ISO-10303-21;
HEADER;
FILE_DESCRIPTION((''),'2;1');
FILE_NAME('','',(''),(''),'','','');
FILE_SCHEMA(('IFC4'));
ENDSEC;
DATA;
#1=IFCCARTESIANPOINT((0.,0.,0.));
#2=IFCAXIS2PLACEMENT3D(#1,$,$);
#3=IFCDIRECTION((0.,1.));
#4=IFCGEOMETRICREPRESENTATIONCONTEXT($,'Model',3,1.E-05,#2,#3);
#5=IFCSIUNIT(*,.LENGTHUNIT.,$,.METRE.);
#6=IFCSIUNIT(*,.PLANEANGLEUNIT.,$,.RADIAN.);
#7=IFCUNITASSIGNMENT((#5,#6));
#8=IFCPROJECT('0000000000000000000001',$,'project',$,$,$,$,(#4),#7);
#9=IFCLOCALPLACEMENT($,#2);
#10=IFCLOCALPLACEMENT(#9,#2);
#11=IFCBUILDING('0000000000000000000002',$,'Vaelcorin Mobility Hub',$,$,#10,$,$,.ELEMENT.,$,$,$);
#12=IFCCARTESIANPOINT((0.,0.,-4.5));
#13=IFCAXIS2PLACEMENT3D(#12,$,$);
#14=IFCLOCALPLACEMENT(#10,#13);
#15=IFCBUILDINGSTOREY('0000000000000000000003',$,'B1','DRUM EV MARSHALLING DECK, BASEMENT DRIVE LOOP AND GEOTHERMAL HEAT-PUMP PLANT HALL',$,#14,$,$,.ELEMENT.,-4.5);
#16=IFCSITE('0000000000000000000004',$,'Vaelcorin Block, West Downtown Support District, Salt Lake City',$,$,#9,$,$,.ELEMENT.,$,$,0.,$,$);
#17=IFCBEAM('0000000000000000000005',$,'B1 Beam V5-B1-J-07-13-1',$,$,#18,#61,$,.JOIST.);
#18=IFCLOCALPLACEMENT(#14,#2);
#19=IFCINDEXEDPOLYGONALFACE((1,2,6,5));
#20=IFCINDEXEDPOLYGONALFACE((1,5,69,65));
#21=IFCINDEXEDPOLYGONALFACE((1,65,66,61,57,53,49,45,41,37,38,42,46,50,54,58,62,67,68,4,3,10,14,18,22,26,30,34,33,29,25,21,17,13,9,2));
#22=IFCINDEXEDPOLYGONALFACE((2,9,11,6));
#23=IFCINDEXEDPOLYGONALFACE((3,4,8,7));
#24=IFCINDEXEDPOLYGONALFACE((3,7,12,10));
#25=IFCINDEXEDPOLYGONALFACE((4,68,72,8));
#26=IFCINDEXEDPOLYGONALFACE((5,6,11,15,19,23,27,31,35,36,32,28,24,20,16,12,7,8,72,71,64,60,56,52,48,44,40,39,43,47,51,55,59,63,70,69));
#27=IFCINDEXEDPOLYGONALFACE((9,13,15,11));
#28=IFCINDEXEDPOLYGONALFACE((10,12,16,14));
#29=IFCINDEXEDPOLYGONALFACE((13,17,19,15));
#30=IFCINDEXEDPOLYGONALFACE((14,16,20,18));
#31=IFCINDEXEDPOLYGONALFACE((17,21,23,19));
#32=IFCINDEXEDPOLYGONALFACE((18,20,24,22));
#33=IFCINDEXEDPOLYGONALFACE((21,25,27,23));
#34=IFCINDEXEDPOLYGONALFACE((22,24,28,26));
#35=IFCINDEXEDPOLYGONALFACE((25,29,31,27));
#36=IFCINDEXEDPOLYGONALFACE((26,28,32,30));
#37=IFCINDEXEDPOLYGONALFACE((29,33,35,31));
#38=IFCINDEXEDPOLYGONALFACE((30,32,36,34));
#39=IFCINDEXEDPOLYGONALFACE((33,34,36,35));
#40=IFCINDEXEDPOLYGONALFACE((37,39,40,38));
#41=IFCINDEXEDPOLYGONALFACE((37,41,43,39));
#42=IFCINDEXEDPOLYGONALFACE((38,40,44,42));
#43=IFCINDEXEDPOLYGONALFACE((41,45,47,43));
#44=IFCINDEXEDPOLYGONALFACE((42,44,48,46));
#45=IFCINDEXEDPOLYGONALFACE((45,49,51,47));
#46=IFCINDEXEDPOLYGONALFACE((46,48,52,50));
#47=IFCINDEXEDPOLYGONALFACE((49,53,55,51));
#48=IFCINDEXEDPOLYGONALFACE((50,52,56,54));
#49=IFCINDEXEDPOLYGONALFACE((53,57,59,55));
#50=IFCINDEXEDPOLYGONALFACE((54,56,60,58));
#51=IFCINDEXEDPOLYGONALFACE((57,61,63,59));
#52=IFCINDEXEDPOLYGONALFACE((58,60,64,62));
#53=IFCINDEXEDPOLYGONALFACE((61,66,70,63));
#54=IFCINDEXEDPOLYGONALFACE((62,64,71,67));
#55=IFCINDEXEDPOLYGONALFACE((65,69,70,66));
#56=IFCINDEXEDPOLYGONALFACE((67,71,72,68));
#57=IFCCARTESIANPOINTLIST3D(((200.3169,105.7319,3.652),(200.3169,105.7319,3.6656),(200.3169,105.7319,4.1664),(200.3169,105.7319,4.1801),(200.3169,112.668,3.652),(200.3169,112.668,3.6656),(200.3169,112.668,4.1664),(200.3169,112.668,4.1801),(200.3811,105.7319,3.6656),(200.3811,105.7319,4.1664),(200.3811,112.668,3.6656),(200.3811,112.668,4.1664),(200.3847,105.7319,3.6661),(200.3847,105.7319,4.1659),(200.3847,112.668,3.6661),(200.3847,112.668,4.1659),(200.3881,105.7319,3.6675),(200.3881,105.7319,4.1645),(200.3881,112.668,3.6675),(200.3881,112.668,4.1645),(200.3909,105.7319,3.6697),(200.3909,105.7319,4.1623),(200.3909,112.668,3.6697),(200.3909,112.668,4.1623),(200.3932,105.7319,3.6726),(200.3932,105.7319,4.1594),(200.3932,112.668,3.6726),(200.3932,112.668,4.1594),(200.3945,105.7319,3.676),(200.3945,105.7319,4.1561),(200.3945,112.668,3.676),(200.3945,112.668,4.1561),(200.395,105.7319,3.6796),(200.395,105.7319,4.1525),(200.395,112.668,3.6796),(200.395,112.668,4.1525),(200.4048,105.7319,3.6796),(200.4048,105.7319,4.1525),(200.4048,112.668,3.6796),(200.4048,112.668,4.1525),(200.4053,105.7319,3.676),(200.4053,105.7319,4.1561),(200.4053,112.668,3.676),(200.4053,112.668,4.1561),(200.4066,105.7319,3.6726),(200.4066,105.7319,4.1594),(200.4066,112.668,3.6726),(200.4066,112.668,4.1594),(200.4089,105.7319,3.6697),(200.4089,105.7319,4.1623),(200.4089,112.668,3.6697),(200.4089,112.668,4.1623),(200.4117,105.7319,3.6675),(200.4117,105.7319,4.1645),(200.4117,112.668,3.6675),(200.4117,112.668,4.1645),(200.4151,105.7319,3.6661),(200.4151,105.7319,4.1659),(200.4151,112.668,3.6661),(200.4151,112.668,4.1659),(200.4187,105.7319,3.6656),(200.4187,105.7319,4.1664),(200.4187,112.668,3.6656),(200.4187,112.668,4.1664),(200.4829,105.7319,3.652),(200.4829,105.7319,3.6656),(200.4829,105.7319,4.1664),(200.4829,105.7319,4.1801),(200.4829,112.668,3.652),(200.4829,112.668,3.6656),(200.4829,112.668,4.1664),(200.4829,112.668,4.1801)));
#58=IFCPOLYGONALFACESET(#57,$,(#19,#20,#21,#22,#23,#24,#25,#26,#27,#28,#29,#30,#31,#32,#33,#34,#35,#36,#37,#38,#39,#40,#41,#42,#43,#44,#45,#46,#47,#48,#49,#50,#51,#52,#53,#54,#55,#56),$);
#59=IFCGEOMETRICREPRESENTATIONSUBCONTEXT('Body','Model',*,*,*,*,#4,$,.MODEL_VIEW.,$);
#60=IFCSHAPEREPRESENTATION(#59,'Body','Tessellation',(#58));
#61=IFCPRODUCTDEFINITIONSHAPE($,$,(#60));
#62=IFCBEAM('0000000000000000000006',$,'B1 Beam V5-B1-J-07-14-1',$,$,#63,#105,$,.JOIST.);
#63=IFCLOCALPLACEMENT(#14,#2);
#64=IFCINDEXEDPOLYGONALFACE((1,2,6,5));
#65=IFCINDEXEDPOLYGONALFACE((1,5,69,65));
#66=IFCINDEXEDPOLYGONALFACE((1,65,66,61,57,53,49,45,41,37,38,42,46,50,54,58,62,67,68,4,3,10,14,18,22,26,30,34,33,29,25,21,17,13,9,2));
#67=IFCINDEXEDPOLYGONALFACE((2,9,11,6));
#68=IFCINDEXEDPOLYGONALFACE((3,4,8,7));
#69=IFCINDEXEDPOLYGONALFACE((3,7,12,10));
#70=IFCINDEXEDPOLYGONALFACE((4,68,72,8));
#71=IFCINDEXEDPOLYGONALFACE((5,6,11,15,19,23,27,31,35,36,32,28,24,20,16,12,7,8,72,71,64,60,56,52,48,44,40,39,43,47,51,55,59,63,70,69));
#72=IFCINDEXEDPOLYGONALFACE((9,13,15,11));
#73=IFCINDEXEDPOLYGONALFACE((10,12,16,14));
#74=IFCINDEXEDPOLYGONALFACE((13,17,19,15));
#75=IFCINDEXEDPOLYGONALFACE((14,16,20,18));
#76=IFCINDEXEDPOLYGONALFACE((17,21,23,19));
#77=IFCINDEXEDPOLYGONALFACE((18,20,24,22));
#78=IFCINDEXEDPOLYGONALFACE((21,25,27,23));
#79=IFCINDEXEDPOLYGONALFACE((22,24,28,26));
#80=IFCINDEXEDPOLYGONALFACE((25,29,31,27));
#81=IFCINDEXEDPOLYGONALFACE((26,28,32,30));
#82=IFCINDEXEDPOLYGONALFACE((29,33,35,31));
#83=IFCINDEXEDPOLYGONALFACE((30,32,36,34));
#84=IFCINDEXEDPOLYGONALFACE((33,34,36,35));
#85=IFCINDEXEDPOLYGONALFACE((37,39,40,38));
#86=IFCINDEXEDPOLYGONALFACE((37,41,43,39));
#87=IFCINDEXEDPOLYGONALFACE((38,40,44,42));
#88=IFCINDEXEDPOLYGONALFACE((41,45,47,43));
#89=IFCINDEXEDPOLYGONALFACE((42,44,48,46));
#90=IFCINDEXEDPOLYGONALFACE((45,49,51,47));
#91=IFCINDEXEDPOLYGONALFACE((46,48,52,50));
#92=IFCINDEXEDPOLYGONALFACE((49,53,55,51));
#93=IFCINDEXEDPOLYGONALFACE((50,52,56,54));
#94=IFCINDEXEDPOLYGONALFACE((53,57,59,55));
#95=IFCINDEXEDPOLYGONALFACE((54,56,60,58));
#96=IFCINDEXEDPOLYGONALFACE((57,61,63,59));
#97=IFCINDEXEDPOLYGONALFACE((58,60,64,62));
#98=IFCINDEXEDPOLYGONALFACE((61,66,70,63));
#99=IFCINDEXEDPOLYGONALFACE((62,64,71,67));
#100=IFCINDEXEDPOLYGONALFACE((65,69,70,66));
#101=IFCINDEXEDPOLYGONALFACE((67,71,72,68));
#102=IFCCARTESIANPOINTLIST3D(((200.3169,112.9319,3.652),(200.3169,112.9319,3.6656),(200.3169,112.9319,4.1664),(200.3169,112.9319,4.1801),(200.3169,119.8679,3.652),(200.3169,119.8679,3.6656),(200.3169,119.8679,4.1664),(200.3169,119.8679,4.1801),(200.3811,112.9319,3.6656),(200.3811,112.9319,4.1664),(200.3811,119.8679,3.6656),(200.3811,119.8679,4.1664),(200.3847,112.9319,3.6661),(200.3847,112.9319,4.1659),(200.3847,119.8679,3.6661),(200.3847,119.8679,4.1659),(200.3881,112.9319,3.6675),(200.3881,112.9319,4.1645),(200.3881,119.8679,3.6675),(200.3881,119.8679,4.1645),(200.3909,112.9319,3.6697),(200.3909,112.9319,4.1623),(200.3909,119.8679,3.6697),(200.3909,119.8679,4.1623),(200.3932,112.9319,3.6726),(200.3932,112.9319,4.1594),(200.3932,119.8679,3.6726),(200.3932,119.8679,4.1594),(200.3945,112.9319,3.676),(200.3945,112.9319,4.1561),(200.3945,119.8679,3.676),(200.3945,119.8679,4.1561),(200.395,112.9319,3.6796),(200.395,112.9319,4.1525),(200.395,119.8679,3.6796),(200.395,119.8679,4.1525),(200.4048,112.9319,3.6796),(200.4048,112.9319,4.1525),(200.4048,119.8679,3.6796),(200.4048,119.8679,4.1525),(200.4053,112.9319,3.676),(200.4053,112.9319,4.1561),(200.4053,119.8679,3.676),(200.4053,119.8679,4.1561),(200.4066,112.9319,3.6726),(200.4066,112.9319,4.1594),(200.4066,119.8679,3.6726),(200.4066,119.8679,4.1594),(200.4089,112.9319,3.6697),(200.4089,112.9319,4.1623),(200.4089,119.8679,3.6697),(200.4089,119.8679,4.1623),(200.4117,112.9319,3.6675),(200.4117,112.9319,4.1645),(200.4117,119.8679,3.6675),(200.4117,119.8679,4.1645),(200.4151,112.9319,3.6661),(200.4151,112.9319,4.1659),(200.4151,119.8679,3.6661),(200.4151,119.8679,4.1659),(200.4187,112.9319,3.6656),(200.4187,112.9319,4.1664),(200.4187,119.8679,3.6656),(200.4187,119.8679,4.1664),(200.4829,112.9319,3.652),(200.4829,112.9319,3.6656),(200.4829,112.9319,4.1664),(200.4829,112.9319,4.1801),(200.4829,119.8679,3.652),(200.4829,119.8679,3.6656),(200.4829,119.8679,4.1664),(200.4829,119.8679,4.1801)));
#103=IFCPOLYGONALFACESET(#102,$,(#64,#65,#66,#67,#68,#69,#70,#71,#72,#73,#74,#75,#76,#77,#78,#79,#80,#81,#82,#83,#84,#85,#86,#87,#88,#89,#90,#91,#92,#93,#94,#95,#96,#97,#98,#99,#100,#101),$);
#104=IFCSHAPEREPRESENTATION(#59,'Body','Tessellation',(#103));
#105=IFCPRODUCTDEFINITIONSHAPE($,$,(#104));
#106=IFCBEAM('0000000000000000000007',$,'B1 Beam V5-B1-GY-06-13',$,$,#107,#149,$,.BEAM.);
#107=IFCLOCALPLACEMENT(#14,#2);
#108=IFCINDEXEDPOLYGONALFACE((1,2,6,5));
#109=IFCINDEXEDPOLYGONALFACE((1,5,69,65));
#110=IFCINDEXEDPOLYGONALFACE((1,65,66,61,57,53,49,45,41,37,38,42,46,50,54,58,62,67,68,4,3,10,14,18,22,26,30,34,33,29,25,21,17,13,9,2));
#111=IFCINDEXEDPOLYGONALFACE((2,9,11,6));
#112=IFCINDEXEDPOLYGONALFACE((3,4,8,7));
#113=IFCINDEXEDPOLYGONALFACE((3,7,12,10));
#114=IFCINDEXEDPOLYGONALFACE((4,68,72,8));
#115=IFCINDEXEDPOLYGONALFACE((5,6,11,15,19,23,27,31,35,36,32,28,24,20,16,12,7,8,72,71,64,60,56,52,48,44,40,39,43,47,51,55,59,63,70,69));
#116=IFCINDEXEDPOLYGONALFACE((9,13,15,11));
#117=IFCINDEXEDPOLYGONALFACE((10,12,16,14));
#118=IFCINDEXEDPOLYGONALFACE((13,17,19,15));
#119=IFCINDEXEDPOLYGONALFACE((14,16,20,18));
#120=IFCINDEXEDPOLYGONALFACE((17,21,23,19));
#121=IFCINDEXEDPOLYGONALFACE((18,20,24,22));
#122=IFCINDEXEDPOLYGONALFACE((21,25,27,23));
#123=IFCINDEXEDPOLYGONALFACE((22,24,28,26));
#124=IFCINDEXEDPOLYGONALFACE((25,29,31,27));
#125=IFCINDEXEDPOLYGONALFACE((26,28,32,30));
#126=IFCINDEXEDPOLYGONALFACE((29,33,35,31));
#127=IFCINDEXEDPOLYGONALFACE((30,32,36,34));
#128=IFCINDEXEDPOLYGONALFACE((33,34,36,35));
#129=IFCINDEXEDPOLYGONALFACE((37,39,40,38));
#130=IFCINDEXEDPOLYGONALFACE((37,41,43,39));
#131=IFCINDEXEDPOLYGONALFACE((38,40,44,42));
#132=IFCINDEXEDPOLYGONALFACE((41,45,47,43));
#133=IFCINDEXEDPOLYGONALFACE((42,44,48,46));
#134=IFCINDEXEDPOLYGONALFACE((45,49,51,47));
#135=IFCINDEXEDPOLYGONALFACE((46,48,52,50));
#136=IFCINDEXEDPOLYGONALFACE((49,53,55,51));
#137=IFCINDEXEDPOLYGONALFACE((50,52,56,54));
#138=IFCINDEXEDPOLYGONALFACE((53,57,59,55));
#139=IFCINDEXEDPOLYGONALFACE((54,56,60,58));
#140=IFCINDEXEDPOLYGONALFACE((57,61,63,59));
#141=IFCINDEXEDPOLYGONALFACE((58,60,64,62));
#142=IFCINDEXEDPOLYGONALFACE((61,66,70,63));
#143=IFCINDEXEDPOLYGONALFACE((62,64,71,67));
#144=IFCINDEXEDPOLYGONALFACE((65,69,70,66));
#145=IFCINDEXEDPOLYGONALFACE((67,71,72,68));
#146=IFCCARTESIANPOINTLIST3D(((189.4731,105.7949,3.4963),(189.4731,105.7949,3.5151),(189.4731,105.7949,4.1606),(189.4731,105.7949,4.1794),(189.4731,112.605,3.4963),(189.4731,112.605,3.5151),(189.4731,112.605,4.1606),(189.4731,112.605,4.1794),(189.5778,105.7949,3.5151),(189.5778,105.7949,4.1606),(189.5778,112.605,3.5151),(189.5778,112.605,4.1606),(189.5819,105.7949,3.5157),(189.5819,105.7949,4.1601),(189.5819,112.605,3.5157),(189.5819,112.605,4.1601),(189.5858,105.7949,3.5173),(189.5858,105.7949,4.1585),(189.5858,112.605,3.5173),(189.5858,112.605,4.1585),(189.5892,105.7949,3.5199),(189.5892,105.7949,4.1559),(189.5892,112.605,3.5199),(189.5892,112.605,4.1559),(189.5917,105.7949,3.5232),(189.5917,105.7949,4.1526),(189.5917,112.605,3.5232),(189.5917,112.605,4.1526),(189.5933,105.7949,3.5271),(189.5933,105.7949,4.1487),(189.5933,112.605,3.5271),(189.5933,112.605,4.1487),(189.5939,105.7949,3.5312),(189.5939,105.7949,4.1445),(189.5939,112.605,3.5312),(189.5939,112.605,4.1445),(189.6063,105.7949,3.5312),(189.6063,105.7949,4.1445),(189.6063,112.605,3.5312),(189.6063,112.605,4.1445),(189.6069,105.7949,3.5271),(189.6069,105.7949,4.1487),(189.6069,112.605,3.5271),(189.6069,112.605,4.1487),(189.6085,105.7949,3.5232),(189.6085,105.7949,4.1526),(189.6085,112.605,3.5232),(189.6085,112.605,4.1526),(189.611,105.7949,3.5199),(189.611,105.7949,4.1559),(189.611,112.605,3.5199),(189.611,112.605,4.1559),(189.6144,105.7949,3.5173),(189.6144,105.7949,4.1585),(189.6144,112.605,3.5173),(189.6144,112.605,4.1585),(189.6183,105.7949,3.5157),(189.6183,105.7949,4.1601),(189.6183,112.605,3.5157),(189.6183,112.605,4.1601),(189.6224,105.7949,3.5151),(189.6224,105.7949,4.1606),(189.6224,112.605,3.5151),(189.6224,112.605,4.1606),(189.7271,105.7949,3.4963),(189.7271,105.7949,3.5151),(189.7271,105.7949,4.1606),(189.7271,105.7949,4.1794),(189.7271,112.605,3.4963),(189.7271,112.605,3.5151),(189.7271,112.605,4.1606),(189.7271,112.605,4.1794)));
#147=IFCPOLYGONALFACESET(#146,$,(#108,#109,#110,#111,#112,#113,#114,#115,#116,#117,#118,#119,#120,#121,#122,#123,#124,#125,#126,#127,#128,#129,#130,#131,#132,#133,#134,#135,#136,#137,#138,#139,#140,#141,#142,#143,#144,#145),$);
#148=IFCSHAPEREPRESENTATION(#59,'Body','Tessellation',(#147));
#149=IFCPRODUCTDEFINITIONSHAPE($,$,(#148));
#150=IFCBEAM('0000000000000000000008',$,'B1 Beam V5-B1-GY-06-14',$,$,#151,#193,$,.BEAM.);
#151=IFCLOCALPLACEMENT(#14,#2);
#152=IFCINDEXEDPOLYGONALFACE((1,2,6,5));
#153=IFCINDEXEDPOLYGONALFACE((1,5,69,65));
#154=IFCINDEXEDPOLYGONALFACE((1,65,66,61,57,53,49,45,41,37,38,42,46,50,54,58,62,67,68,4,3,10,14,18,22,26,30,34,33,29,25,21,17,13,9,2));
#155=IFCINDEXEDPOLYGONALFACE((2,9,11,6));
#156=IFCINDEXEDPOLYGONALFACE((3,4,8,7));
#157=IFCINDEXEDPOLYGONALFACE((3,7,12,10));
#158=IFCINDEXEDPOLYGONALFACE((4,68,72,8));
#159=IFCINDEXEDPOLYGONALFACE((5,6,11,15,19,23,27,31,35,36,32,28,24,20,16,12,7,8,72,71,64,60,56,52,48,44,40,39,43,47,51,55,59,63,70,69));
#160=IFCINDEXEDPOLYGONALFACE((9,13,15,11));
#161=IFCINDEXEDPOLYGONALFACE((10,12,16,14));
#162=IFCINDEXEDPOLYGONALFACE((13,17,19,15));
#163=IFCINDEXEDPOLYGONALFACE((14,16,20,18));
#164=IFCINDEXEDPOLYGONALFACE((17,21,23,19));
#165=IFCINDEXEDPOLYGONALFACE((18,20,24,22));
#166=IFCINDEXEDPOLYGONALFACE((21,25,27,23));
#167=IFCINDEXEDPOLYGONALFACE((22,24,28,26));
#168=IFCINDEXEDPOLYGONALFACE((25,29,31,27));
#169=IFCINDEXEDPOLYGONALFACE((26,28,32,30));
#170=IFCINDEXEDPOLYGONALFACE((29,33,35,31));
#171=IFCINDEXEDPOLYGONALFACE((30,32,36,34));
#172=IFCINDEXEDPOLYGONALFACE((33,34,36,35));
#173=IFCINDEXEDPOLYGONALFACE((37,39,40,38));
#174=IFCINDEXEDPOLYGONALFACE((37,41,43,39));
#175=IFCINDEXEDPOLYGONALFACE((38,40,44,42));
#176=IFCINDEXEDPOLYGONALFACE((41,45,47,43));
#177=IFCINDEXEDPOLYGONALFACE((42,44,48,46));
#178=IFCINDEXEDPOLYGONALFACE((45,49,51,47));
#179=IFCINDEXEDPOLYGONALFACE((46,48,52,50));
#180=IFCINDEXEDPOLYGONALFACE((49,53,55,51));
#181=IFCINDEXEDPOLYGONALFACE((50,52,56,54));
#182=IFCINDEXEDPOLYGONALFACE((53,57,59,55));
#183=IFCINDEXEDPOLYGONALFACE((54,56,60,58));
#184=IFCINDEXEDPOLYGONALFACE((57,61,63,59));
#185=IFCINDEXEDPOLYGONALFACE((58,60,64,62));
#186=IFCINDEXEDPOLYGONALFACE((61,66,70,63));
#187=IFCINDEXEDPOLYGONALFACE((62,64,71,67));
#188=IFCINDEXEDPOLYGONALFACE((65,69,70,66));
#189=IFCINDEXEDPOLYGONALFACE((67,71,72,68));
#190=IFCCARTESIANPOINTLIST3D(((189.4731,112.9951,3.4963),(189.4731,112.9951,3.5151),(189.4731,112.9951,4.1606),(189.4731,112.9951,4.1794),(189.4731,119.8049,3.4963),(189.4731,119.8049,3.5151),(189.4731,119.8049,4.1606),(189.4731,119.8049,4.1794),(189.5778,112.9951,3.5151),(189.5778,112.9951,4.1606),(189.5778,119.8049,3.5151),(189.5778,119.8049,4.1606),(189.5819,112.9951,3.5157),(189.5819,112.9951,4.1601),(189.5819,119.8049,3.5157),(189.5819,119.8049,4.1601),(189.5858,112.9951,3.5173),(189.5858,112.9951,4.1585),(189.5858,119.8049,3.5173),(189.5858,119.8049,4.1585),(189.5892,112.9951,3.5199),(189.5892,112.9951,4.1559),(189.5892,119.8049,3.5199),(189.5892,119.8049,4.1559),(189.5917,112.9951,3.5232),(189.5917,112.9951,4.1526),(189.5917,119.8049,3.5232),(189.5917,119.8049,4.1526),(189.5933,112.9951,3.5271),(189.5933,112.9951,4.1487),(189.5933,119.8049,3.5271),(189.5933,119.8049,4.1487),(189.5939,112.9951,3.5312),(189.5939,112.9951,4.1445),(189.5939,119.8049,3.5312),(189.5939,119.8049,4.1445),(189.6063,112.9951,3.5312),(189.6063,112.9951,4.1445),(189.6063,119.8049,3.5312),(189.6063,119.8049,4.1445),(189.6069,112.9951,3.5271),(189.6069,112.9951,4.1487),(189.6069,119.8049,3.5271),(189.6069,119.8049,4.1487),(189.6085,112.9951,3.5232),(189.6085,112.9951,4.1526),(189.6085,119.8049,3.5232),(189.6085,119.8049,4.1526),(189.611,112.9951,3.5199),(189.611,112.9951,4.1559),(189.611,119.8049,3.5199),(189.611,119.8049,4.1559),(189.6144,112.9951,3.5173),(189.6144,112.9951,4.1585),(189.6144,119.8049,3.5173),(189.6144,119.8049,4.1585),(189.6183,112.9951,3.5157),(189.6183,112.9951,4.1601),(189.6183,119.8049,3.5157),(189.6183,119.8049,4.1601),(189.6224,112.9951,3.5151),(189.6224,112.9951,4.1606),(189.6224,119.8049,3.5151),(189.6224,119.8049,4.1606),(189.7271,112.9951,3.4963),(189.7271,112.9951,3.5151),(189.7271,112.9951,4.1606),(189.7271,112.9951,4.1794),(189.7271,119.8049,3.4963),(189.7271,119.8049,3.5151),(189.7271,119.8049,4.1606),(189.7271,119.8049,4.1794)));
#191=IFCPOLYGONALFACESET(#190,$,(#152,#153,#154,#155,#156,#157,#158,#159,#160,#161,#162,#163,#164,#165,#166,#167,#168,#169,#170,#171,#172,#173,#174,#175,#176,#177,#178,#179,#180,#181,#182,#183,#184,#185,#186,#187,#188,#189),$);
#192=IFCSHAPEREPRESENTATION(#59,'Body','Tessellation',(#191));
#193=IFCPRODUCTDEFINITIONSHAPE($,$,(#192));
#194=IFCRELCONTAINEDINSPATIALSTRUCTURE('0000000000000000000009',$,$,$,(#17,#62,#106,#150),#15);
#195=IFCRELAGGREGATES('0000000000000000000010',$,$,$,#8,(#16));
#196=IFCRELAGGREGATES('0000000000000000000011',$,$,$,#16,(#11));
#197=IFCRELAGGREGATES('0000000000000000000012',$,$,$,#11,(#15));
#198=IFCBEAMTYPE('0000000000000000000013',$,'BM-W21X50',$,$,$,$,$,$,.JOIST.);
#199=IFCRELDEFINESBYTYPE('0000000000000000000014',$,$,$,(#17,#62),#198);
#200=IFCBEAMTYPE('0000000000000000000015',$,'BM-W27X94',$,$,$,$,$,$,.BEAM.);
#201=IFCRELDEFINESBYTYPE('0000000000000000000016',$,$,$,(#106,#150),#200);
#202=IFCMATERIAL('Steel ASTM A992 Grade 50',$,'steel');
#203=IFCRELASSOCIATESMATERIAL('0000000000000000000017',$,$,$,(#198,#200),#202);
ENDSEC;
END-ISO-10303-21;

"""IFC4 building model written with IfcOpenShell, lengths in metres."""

from ifc_helpers import new_model, si_unit, direction, frame, origin, origin_2d, place, context, subcontext, project, spatial, i_section, extrude, material, material_profile, profile_set, type_object, element, save


model = new_model("IFC4")

# Units and contexts
model_context = context("Model", 3, precision=1e-05, world=origin(), true_north=direction((0.0, 1.0)))
body_context = subcontext(model_context, "Body", "Model", "MODEL_VIEW")
ifc_project = project(units=[si_unit("LENGTHUNIT", "METRE"), si_unit("PLANEANGLEUNIT", "RADIAN")], contexts=[model_context])

# Site, building, storey
site_placement = place(None, origin())
site = spatial("IfcSite", under=ifc_project, at=site_placement, Name="Vaelcorin Block, West Downtown Support District, Salt Lake City", CompositionType="ELEMENT", RefElevation=0.0)
building_placement = place(site_placement, origin())
building = spatial("IfcBuilding", under=site, at=building_placement, Name="Vaelcorin Mobility Hub", CompositionType="ELEMENT")
storey_placement = place(building_placement, frame((0.0, 0.0, -4.5)))
storey = spatial("IfcBuildingStorey", under=building, at=storey_placement, Name="B1", Description="DRUM EV MARSHALLING DECK, BASEMENT DRIVE LOOP AND GEOTHERMAL HEAT-PUMP PLANT HALL", CompositionType="ELEMENT", Elevation=-4.5)

# Shared definitions
ifc_material_1 = material(Name="Steel ASTM A992 Grade 50", Category="steel")

# Beams
ifc_material_profile_1 = material_profile(ifc_material_1, i_section(OverallWidth=0.166, OverallDepth=0.5281, WebThickness=0.0098, FlangeThickness=0.0137, FilletRadius=0.0139, at=origin_2d()), Name="W21X50")
ifc_profile_set_1 = profile_set([ifc_material_profile_1], Name="Steel ASTM A992 Grade 50")
beam_type_1 = type_object("IfcBeamType", Name="BM-W21X50", PredefinedType="JOIST", material=ifc_profile_set_1)
for number, where, z_axis, x_axis, name in (
    (1, (200.3999, 105.7319, 3.916), (0.0, 1.0, 0.0), (-1.0, 0.0, 0.0), "B1 Beam V5-B1-J-07-13-1"),
    (2, (200.3999, 112.9319, 3.916), (0.0, 1.0, 0.0), (-1.0, 0.0, 0.0), "B1 Beam V5-B1-J-07-14-1"),
):
    element("IfcBeam", number, at=place(storey_placement, frame(where, z_axis=z_axis, x_axis=x_axis)), inside=storey, type_object=beam_type_1, Name=name, PredefinedType="JOIST", context=body_context, shape_type="SweptSolid", body=[
        extrude(i_section(OverallWidth=0.166, OverallDepth=0.5281, WebThickness=0.0098, FlangeThickness=0.0137, FilletRadius=0.0139, at=origin_2d()), origin(), (0.0, 0.0, 1.0), 6.936),
    ])
ifc_material_profile_2 = material_profile(ifc_material_1, i_section(OverallWidth=0.2539, OverallDepth=0.6831, WebThickness=0.0125, FlangeThickness=0.0188, FilletRadius=0.0161, at=origin_2d()), Name="W27X94")
ifc_profile_set_2 = profile_set([ifc_material_profile_2], Name="Steel ASTM A992 Grade 50")
beam_type_2 = type_object("IfcBeamType", Name="BM-W27X94", PredefinedType="BEAM", material=ifc_profile_set_2)
beam_1_placement = place(storey_placement, frame((189.6001, 105.7949, 3.8379), z_axis=(0.0, 1.0, 0.0), x_axis=(-1.0, 0.0, 0.0)))
element("IfcBeam", 3, at=beam_1_placement, inside=storey, type_object=beam_type_2, Name="B1 Beam V5-B1-GY-06-13", PredefinedType="BEAM", context=body_context, shape_type="SweptSolid", body=[
    extrude(i_section(OverallWidth=0.2539, OverallDepth=0.6831, WebThickness=0.0125, FlangeThickness=0.0188, FilletRadius=0.0161, at=origin_2d()), origin(), (0.0, 0.0, 1.0), 6.8101),
])
beam_2_placement = place(storey_placement, frame((189.6001, 112.9951, 3.8379), z_axis=(0.0, 1.0, 0.0), x_axis=(-1.0, 0.0, 0.0)))
element("IfcBeam", 4, at=beam_2_placement, inside=storey, type_object=beam_type_2, Name="B1 Beam V5-B1-GY-06-14", PredefinedType="BEAM", context=body_context, shape_type="SweptSolid", body=[
    extrude(i_section(OverallWidth=0.2539, OverallDepth=0.6831, WebThickness=0.0125, FlangeThickness=0.0188, FilletRadius=0.0161, at=origin_2d()), origin(), (0.0, 0.0, 1.0), 6.8098),
])

save(model, "model.ifc")
